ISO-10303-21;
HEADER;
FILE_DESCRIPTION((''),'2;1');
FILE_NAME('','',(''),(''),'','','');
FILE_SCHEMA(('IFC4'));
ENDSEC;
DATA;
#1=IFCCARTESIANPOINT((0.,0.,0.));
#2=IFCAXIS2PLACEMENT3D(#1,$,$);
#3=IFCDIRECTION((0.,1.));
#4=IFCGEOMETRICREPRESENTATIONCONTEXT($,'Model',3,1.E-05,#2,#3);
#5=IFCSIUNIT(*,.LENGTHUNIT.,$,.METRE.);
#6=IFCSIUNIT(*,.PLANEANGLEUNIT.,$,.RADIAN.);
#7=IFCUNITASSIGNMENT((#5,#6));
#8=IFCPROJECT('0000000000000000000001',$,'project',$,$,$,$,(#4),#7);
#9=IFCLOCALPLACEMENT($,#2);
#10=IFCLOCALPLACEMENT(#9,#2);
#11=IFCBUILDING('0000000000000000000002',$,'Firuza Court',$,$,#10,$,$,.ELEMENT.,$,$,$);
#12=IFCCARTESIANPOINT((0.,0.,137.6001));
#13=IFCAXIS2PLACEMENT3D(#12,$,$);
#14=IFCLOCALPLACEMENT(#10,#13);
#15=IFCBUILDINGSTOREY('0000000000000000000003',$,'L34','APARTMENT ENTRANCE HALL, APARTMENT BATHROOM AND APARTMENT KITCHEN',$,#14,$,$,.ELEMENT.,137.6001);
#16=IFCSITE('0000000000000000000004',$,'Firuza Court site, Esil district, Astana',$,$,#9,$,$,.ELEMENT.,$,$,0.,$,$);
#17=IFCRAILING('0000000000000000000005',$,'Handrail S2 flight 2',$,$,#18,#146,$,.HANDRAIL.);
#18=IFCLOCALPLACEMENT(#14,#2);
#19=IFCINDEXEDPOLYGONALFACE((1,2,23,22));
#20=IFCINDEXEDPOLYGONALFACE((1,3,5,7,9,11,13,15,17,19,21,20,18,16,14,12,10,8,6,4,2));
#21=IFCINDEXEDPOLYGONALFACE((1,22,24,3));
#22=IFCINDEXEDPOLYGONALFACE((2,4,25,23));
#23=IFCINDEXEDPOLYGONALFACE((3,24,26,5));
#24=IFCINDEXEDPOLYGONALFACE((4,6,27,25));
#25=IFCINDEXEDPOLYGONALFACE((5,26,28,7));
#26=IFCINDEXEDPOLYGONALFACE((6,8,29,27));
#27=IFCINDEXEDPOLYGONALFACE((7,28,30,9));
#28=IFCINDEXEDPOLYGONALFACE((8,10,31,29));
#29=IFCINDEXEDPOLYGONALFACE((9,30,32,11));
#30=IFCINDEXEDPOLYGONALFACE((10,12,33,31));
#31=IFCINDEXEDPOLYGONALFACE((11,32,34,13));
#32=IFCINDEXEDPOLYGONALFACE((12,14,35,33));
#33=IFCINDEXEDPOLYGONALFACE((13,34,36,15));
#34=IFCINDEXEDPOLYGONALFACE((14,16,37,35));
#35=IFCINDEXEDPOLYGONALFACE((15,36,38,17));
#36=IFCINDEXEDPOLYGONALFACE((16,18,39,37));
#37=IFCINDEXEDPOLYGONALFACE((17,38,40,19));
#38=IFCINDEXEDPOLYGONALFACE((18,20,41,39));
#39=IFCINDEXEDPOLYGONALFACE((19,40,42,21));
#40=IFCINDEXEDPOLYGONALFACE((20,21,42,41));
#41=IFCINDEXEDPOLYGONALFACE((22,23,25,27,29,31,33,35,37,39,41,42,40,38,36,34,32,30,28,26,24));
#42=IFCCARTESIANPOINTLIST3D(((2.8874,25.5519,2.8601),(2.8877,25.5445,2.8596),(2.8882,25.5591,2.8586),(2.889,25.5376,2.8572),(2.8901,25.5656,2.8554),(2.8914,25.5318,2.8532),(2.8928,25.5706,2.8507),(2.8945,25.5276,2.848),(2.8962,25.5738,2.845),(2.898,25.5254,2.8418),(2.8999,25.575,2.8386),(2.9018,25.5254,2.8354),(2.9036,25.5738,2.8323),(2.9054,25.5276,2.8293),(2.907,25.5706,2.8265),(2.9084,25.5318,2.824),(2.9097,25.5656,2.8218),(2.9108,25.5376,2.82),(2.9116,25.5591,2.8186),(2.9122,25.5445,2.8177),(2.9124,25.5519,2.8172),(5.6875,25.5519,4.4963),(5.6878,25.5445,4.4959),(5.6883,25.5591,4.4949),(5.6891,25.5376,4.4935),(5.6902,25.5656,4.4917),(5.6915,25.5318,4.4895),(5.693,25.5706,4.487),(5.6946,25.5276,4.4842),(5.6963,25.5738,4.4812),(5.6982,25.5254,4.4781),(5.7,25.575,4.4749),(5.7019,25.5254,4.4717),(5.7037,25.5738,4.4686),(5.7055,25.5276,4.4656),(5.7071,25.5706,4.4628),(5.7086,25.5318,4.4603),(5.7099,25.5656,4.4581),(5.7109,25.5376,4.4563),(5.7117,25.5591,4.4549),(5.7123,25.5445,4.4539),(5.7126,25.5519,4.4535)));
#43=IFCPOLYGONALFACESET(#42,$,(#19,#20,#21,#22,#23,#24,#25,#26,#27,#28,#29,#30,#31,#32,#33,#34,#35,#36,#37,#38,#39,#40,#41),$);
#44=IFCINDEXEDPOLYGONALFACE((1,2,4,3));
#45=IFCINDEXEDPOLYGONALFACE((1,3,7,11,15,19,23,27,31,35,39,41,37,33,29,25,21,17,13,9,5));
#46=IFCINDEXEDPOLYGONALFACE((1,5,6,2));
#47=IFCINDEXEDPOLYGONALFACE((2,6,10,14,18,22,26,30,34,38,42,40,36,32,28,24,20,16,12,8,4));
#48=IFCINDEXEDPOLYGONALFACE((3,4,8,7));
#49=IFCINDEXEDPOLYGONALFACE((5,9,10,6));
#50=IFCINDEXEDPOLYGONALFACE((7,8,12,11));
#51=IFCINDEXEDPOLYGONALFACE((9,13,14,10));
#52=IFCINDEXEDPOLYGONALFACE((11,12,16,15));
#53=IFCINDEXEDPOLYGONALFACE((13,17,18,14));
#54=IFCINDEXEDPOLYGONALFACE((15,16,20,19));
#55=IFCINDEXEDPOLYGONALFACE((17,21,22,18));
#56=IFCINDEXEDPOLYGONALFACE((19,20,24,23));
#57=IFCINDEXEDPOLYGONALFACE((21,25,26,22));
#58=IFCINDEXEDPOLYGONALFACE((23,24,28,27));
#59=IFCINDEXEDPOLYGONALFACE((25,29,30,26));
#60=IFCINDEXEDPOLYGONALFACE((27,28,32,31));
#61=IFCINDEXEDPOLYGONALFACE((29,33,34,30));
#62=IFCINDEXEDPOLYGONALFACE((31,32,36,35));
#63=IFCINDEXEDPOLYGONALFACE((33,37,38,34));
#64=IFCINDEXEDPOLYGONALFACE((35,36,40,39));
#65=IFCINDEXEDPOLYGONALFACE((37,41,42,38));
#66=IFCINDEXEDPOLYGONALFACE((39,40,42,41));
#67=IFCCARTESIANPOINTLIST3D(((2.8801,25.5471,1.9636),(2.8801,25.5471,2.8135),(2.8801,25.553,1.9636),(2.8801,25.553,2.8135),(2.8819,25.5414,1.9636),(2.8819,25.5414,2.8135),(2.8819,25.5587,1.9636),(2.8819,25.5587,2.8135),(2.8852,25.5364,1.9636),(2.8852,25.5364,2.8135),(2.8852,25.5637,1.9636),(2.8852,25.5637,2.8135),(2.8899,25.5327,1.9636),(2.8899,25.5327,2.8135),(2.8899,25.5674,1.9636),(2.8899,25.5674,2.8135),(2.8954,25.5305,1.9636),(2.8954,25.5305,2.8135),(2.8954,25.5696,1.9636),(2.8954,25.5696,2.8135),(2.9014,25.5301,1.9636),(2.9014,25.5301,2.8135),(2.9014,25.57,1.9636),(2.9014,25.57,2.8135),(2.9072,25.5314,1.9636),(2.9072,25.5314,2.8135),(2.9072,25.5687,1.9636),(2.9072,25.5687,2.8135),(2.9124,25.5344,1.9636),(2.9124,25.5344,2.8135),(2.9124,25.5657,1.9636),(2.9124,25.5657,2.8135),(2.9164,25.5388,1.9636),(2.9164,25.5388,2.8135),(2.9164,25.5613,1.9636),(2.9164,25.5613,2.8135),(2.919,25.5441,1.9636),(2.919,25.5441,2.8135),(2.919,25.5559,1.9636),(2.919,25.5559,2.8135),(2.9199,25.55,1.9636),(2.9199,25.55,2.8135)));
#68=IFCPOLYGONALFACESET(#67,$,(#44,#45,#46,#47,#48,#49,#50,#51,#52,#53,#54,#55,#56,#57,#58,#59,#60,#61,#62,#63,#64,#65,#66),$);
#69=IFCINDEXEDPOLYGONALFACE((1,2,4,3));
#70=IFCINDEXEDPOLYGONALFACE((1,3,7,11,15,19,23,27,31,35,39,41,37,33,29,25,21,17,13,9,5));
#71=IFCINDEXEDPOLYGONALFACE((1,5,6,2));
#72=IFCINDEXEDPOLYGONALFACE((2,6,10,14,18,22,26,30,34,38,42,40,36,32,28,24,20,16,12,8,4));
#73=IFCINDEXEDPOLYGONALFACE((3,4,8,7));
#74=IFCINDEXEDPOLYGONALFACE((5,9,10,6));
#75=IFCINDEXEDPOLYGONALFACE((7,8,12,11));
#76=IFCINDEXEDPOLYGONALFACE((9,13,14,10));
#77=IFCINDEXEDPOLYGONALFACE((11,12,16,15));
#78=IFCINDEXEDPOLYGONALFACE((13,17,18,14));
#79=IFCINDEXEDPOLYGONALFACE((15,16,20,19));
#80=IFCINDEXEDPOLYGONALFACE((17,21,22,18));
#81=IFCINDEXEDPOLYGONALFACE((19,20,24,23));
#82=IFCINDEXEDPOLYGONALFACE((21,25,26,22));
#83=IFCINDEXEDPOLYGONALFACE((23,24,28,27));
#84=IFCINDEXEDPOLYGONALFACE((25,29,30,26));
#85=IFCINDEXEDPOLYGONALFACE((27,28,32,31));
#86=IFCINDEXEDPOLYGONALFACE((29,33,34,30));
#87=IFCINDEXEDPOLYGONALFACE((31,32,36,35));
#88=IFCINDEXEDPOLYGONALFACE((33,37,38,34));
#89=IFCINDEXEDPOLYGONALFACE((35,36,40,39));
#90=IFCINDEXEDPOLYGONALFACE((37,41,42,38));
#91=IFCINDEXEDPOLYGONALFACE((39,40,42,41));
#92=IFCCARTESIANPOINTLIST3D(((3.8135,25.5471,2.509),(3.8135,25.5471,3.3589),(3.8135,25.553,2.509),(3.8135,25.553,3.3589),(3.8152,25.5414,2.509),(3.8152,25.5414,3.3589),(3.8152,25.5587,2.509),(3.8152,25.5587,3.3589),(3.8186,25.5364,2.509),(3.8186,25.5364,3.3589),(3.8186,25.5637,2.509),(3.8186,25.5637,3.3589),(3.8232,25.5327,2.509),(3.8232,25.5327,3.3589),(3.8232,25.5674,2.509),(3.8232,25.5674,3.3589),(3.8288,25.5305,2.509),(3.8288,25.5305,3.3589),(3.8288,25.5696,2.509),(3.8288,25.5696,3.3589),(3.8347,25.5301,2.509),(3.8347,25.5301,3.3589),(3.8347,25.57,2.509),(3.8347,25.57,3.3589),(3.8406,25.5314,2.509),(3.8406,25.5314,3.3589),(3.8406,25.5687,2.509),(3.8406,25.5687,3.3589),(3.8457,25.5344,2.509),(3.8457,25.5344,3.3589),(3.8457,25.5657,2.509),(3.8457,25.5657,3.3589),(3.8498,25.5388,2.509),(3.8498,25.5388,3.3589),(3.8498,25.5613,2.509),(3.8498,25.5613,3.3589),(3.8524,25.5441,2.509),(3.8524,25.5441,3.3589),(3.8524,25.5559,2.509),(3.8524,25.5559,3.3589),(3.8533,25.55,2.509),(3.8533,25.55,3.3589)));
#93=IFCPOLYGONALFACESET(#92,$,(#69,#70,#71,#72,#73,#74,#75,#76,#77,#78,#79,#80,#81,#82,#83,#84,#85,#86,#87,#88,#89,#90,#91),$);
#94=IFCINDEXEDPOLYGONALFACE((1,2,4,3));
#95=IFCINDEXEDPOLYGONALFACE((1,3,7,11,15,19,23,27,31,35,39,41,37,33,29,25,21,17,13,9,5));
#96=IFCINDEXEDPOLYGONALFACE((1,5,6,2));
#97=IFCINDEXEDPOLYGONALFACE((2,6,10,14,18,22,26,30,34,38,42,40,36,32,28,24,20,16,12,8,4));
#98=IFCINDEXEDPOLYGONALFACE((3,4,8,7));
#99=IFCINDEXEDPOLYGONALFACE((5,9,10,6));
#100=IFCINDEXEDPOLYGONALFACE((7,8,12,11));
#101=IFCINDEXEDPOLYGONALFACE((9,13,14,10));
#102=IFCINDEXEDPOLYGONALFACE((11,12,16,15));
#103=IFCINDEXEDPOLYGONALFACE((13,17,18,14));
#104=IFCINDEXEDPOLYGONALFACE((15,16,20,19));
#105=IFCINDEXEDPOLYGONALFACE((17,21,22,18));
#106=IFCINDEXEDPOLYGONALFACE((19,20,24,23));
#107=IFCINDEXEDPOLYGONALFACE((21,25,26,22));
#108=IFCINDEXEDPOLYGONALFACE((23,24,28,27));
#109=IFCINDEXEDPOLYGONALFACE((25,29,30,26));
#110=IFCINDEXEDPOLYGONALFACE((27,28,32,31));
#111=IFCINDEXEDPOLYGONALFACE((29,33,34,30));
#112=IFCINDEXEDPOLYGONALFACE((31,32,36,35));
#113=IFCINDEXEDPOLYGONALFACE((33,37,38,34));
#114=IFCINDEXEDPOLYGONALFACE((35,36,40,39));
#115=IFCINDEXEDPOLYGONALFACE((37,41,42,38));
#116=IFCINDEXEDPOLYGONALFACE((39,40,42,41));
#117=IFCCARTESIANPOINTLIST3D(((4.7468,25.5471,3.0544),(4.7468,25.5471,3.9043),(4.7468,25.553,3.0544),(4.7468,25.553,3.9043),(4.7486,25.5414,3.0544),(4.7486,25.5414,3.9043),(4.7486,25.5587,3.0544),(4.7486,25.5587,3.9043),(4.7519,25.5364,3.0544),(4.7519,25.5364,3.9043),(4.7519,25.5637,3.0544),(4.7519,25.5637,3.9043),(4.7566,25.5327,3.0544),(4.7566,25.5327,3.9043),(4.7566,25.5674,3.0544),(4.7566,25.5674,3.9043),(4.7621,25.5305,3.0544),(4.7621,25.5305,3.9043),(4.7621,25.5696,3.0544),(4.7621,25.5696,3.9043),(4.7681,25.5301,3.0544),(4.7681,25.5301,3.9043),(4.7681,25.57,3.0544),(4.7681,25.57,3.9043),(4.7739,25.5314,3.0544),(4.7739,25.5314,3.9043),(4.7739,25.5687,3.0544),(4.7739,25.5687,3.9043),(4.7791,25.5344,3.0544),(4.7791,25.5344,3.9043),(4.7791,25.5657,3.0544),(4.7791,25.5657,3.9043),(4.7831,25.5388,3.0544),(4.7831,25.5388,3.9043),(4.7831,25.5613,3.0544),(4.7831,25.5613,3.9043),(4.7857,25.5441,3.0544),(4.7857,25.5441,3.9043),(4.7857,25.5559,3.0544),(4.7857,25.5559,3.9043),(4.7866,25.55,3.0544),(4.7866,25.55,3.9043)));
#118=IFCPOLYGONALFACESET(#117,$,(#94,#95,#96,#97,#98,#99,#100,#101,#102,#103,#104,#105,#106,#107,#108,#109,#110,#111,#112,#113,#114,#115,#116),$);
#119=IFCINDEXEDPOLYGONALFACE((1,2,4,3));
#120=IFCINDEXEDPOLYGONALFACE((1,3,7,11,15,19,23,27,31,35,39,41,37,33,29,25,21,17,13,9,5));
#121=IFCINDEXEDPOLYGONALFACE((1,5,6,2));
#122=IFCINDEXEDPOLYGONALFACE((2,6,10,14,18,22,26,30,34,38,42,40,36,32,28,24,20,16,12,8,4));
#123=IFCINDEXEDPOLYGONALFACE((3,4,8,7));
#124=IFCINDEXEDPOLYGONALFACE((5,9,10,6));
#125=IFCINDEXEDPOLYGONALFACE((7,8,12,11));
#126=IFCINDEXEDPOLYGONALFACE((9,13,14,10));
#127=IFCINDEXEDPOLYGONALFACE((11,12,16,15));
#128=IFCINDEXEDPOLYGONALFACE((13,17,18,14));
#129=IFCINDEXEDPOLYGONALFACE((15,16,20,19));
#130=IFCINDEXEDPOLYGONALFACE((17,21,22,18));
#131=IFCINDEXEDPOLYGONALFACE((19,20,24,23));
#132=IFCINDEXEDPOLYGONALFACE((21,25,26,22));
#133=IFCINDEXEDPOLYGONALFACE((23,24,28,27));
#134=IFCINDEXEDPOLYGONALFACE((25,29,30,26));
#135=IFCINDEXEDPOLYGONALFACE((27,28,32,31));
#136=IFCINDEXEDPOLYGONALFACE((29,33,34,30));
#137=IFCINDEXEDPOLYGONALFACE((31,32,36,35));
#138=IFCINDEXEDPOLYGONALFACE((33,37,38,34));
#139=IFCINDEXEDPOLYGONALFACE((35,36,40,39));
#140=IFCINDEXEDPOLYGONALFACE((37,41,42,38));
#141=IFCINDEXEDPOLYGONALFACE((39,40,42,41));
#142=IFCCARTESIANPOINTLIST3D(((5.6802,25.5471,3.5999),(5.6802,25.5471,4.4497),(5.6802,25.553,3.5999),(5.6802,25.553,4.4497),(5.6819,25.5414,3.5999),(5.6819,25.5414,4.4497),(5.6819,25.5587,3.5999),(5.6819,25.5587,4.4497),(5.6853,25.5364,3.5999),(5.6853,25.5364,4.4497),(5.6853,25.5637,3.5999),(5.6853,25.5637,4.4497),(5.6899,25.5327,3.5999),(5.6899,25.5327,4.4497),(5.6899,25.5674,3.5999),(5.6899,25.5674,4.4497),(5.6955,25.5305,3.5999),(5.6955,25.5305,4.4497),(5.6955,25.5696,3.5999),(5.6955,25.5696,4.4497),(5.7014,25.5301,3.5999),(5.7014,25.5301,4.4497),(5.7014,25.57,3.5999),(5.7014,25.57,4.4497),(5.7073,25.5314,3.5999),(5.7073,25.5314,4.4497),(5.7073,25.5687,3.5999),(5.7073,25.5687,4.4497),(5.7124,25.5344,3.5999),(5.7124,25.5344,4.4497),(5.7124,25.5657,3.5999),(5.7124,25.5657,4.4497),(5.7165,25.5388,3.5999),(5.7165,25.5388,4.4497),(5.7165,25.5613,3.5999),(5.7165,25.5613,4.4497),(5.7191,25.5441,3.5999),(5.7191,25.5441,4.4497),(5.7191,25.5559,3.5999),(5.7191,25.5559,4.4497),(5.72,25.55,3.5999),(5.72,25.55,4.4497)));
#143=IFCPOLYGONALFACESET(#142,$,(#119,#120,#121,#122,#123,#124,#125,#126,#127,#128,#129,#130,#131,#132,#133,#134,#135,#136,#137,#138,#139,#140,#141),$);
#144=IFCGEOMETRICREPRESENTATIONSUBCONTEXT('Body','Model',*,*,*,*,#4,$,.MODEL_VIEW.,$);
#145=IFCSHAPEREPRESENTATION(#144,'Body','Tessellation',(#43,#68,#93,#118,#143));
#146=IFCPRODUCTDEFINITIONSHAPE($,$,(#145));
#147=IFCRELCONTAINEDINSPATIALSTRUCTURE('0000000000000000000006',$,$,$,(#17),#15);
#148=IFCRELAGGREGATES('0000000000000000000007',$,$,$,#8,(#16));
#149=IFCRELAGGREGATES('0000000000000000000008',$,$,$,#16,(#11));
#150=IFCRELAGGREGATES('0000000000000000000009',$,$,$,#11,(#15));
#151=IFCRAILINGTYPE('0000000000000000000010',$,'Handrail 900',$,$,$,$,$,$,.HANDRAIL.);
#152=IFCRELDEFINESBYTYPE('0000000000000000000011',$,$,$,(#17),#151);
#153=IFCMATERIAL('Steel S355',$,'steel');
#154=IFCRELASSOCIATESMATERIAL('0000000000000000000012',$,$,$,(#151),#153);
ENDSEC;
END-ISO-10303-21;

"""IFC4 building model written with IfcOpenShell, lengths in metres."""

from ifc_helpers import new_model, si_unit, direction, frame, origin, origin_2d, place, context, subcontext, project, spatial, circle, extrude, material, type_object, element, save


model = new_model("IFC4")

# Units and contexts
model_context = context("Model", 3, precision=1e-05, world=origin(), true_north=direction((0.0, 1.0)))
body_context = subcontext(model_context, "Body", "Model", "MODEL_VIEW")
ifc_project = project(units=[si_unit("LENGTHUNIT", "METRE"), si_unit("PLANEANGLEUNIT", "RADIAN")], contexts=[model_context])

# Site, building, storey
site_placement = place(None, origin())
site = spatial("IfcSite", under=ifc_project, at=site_placement, Name="Firuza Court site, Esil district, Astana", CompositionType="ELEMENT", RefElevation=0.0)
building_placement = place(site_placement, origin())
building = spatial("IfcBuilding", under=site, at=building_placement, Name="Firuza Court", CompositionType="ELEMENT")
storey_placement = place(building_placement, frame((0.0, 0.0, 137.6001)))
storey = spatial("IfcBuildingStorey", under=building, at=storey_placement, Name="L34", Description="APARTMENT ENTRANCE HALL, APARTMENT BATHROOM AND APARTMENT KITCHEN", CompositionType="ELEMENT", Elevation=137.6001)

# Railing
ifc_material_1 = material(Name="Steel S355", Category="steel")
railing_type = type_object("IfcRailingType", Name="Handrail 900", PredefinedType="HANDRAIL", material=ifc_material_1)
railing_1_placement = place(storey_placement, frame((2.8999, 25.55, 1.9636)))
element("IfcRailing", 1, at=railing_1_placement, inside=storey, type_object=railing_type, Name="Handrail S2 flight 2", PredefinedType="HANDRAIL", context=body_context, shape_type="SweptSolid", body=[
    extrude(circle(Radius=0.0249, at=origin_2d()), frame((0.0, 0.0, 0.875), z_axis=(0.863394, 0.0, 0.504531), x_axis=(0.0, 1.0, 0.0)), (0.0, 0.0, 1.0), 3.2432),
    extrude(circle(Radius=0.02, at=origin_2d()), origin(), (0.0, 0.0, 1.0), 0.8499),
    extrude(circle(Radius=0.02, at=origin_2d()), frame((0.9333, 0.0, 0.5454)), (0.0, 0.0, 1.0), 0.8499),
    extrude(circle(Radius=0.02, at=origin_2d()), frame((1.8667, 0.0, 1.0908)), (0.0, 0.0, 1.0), 0.8499),
    extrude(circle(Radius=0.02, at=origin_2d()), frame((2.8, 0.0, 1.6362)), (0.0, 0.0, 1.0), 0.8499),
])

save(model, "model.ifc")
